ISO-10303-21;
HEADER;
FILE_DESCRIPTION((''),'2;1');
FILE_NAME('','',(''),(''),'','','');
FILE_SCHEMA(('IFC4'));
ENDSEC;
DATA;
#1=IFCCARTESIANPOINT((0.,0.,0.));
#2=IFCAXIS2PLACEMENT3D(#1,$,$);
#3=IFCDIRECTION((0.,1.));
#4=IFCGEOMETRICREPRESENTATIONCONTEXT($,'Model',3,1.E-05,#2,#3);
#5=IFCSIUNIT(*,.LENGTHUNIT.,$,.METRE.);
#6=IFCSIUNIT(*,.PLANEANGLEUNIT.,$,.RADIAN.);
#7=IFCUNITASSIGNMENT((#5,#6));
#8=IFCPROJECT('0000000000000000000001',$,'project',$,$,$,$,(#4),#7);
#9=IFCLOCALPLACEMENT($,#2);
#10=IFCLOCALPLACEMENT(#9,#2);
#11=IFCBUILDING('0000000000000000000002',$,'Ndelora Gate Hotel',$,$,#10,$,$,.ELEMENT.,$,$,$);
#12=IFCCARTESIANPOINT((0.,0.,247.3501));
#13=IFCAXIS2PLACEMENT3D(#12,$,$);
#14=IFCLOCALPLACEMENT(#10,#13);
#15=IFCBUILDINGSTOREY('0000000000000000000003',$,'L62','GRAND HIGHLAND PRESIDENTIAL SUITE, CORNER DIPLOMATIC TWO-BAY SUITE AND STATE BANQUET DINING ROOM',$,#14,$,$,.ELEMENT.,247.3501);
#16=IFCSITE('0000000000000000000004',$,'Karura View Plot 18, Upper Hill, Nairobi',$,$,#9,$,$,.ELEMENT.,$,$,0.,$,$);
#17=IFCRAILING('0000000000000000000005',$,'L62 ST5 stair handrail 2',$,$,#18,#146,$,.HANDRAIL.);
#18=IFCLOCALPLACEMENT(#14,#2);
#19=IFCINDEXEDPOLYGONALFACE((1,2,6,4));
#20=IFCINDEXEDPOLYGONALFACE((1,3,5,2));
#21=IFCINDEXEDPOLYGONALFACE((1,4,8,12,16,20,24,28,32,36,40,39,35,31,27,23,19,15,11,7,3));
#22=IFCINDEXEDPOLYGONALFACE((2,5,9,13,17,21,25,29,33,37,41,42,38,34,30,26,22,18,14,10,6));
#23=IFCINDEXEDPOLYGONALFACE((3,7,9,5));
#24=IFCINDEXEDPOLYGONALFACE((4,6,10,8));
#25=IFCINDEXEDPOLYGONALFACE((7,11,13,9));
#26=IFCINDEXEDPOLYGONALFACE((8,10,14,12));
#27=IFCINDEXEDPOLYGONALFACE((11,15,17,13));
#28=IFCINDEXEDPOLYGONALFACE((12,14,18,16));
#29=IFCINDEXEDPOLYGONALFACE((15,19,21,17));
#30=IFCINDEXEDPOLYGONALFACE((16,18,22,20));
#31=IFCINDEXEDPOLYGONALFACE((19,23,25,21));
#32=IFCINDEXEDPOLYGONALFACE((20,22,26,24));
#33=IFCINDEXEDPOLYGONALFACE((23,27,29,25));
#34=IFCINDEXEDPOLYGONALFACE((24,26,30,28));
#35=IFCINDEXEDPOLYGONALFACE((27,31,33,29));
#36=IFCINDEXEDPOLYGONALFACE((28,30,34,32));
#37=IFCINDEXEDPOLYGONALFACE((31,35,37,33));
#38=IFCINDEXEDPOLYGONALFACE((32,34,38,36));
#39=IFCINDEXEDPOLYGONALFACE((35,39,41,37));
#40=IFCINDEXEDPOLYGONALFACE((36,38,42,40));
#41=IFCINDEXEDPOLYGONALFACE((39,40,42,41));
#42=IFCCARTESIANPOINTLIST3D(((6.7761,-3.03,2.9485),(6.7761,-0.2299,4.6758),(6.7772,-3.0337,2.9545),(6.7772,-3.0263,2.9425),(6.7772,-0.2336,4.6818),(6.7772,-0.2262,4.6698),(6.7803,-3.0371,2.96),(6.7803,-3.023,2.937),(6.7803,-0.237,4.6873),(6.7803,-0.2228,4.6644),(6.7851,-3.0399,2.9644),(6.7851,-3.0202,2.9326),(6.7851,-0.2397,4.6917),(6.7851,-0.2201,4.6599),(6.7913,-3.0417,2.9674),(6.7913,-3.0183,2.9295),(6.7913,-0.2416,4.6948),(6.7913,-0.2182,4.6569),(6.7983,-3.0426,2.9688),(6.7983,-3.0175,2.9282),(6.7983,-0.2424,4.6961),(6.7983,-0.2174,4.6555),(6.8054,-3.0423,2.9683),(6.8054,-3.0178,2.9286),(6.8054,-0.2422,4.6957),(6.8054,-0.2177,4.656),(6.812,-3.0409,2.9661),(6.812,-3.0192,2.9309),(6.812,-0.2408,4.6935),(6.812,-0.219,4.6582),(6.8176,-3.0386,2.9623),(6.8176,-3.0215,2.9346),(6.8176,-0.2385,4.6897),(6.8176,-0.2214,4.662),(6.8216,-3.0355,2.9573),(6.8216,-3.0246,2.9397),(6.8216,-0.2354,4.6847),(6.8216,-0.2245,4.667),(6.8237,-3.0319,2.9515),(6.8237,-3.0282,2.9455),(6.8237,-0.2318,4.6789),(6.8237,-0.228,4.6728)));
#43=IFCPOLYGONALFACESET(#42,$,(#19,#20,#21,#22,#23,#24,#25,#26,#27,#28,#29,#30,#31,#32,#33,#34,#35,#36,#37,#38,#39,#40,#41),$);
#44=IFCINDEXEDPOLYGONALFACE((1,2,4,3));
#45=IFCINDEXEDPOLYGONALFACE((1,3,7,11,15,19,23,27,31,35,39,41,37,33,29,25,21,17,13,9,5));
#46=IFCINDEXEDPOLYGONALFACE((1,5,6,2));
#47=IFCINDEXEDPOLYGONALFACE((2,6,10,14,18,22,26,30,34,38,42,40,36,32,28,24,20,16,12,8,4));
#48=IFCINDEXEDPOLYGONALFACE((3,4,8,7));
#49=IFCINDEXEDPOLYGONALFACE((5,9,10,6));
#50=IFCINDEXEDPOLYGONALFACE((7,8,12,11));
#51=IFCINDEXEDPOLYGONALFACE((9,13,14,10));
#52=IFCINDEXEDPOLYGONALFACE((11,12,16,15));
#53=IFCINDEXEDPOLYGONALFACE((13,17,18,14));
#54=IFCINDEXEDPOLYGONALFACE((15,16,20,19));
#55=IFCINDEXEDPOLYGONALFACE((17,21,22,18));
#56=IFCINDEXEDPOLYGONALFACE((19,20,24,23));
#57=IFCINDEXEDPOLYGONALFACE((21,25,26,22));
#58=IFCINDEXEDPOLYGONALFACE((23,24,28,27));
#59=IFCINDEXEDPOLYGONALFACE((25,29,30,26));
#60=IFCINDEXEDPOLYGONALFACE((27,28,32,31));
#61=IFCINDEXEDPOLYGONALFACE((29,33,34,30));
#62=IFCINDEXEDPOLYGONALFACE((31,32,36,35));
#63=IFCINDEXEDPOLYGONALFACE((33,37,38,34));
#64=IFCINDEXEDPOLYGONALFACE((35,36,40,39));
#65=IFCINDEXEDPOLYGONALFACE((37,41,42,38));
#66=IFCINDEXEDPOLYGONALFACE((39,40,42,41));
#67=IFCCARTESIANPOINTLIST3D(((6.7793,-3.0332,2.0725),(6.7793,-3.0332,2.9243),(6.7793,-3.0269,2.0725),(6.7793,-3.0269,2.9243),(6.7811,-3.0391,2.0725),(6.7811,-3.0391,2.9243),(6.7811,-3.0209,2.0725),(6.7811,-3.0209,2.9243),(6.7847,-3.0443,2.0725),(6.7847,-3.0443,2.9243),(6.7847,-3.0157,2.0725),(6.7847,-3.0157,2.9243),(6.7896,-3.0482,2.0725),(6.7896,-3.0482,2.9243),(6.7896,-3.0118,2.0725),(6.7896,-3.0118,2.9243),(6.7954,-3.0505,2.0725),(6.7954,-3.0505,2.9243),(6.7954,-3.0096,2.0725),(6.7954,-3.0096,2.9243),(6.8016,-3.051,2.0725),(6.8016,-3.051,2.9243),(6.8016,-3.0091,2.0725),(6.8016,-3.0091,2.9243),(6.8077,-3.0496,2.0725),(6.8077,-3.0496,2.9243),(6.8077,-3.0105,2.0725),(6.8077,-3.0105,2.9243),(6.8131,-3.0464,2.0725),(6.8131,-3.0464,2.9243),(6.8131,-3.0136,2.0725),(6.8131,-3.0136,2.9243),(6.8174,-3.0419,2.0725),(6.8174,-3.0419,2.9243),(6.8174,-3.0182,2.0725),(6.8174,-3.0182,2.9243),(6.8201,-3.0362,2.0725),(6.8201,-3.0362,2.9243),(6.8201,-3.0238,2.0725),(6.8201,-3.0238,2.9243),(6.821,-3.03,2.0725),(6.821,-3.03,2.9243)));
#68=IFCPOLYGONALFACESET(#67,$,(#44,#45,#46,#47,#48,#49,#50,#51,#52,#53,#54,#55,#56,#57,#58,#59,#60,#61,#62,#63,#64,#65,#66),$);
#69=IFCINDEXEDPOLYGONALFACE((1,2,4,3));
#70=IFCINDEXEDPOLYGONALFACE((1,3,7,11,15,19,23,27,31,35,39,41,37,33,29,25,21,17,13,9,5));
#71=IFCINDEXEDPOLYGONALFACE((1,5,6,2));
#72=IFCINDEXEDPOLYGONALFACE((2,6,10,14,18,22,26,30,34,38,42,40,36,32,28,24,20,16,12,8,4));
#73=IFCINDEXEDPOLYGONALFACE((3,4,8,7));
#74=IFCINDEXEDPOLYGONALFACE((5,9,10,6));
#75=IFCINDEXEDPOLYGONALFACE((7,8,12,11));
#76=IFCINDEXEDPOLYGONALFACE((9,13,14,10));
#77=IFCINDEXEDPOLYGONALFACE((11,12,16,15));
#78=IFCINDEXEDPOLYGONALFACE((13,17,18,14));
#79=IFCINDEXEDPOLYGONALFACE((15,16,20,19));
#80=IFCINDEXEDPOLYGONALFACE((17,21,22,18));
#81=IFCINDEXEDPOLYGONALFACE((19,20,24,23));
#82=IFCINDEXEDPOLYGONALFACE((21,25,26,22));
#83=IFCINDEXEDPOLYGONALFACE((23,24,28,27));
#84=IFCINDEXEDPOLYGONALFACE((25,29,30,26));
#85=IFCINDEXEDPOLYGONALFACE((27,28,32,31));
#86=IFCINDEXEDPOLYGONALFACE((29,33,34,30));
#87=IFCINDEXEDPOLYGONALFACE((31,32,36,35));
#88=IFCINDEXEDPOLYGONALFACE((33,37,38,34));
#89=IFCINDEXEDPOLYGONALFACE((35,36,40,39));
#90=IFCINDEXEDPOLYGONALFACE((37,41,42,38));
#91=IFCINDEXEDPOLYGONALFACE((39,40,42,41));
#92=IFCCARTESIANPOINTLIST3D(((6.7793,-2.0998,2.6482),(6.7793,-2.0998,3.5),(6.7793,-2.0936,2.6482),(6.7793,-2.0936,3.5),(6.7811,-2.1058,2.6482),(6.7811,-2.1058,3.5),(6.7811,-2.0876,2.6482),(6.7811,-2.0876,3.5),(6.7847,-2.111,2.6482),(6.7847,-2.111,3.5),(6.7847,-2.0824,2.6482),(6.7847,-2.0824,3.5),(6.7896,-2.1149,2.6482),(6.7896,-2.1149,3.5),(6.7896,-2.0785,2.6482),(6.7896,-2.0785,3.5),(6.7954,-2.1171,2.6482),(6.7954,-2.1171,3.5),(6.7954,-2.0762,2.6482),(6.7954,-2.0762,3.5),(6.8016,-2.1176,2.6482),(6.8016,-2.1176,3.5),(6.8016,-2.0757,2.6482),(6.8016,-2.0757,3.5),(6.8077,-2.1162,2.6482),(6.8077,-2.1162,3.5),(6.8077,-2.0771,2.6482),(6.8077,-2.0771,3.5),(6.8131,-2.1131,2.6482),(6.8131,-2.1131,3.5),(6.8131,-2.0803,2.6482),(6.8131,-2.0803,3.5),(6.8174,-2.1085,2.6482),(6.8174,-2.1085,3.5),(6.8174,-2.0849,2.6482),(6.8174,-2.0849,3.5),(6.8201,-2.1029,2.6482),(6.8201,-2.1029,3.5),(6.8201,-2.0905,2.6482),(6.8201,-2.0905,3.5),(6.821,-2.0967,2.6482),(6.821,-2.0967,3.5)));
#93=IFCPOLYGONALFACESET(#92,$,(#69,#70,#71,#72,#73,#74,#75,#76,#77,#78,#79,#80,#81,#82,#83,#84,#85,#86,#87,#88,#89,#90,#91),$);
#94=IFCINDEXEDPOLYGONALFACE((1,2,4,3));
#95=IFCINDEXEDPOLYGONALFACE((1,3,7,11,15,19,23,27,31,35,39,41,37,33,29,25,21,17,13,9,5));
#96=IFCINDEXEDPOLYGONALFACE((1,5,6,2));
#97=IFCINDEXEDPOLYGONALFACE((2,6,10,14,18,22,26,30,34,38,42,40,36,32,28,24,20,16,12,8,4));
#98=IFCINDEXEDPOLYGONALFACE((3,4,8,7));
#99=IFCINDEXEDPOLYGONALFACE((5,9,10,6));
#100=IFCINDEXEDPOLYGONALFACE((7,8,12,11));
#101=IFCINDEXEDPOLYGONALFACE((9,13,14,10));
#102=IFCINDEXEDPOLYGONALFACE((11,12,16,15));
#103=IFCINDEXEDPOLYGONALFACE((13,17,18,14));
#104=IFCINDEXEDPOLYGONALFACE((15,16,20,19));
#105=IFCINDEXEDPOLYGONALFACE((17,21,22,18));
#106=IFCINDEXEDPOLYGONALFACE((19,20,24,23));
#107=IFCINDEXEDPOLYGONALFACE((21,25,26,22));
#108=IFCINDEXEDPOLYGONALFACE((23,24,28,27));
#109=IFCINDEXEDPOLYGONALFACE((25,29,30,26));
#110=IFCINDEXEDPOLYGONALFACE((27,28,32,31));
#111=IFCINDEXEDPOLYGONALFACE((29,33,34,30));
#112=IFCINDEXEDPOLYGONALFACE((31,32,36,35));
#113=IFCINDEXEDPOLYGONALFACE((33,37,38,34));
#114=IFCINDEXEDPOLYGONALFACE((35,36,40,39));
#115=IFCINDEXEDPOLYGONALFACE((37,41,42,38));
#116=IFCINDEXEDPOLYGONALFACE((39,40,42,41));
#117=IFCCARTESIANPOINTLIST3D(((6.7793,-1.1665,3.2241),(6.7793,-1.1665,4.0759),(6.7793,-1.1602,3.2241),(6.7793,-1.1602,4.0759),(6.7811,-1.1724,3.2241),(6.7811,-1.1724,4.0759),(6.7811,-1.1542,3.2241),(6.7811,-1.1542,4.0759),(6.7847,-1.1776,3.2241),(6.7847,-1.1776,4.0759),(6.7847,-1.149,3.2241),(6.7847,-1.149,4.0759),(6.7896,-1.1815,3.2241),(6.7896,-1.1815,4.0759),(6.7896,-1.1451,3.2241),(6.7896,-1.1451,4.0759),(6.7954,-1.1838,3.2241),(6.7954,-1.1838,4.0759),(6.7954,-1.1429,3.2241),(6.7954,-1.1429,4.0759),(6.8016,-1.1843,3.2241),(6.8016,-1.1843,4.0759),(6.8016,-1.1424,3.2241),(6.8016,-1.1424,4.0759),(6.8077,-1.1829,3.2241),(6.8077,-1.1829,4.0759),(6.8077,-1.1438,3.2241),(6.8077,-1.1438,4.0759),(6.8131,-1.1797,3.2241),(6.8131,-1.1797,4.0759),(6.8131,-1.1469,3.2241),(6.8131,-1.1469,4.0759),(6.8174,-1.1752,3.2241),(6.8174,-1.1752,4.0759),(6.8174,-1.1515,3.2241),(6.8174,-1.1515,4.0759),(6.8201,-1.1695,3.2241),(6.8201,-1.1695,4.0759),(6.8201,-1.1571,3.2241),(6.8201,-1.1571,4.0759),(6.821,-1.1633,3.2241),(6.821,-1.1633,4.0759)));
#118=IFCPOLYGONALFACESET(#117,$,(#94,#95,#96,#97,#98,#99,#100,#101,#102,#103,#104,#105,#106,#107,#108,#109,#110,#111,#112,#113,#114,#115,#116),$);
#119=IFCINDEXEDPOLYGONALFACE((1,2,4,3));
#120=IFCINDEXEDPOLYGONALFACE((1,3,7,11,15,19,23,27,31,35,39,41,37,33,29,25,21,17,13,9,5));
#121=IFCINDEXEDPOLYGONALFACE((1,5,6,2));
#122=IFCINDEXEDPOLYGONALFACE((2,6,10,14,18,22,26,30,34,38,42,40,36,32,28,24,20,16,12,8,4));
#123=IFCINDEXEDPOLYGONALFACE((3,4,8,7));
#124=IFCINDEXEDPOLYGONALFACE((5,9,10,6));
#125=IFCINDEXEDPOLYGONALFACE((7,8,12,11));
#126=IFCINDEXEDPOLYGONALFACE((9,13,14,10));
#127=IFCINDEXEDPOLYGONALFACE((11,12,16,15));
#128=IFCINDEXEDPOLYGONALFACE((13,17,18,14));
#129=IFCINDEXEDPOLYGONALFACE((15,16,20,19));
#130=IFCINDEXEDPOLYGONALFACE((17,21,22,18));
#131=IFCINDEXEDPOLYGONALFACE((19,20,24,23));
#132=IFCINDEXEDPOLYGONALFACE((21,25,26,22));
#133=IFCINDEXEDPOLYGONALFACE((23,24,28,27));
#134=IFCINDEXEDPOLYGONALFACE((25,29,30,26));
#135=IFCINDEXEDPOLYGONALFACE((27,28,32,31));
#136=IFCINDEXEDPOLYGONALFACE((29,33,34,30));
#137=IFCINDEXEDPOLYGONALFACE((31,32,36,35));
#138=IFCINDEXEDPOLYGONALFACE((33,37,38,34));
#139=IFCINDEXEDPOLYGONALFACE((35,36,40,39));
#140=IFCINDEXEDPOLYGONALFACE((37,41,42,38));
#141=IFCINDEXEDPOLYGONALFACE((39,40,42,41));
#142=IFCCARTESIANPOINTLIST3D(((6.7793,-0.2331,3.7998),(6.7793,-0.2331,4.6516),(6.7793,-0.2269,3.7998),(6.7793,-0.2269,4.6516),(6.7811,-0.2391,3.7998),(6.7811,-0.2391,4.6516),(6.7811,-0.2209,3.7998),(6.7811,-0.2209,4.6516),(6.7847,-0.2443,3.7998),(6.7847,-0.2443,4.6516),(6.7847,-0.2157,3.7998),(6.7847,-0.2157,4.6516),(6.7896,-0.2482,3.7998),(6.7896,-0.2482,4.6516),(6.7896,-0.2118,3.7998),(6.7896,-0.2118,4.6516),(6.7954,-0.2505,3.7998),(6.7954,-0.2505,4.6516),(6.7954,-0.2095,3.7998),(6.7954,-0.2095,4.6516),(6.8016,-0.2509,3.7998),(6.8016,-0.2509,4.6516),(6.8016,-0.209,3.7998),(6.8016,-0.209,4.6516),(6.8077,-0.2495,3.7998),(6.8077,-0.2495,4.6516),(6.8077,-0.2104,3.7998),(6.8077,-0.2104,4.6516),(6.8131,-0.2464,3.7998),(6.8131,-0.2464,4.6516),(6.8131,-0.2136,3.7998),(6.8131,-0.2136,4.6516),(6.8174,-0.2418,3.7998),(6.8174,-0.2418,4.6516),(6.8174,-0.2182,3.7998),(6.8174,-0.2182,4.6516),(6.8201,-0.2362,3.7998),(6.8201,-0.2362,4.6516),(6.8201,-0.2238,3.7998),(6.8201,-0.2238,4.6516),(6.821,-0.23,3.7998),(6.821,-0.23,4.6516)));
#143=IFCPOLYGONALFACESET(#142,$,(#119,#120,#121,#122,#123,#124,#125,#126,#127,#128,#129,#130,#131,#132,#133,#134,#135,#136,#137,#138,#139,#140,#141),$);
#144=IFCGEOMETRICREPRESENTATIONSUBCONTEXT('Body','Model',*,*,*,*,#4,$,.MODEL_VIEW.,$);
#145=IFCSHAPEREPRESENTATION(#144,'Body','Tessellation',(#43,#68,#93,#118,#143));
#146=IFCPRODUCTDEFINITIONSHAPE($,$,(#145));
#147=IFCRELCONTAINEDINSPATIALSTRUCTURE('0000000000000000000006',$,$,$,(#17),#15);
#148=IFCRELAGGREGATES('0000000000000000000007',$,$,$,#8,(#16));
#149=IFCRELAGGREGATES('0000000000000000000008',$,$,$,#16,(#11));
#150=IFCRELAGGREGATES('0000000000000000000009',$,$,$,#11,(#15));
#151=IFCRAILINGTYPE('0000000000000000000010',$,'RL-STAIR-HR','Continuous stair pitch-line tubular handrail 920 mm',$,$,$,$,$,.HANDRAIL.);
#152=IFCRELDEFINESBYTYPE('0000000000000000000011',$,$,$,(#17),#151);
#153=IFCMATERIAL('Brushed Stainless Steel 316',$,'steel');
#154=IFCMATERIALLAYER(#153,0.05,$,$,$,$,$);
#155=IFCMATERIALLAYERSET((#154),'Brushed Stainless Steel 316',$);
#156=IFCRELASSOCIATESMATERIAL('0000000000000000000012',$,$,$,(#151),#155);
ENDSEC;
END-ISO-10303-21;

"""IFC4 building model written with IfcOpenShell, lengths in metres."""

from ifc_helpers import new_model, si_unit, direction, frame, origin, origin_2d, place, context, subcontext, project, spatial, circle, extrude, material, layer, layer_set, type_object, element, save


model = new_model("IFC4")

# Units and contexts
model_context = context("Model", 3, precision=1e-05, world=origin(), true_north=direction((0.0, 1.0)))
body_context = subcontext(model_context, "Body", "Model", "MODEL_VIEW")
ifc_project = project(units=[si_unit("LENGTHUNIT", "METRE"), si_unit("PLANEANGLEUNIT", "RADIAN")], contexts=[model_context])

# Site, building, storey
site_placement = place(None, origin())
site = spatial("IfcSite", under=ifc_project, at=site_placement, Name="Karura View Plot 18, Upper Hill, Nairobi", CompositionType="ELEMENT", RefElevation=0.0)
building_placement = place(site_placement, origin())
building = spatial("IfcBuilding", under=site, at=building_placement, Name="Ndelora Gate Hotel", CompositionType="ELEMENT")
storey_placement = place(building_placement, frame((0.0, 0.0, 247.3501)))
storey = spatial("IfcBuildingStorey", under=building, at=storey_placement, Name="L62", Description="GRAND HIGHLAND PRESIDENTIAL SUITE, CORNER DIPLOMATIC TWO-BAY SUITE AND STATE BANQUET DINING ROOM", CompositionType="ELEMENT", Elevation=247.3501)

# Railing
ifc_material_1 = material(Name="Brushed Stainless Steel 316", Category="steel")
ifc_layer_1 = layer(ifc_material_1, 0.05)
ifc_layer_set_1 = layer_set([ifc_layer_1], Name="Brushed Stainless Steel 316")
railing_type_1 = type_object("IfcRailingType", Name="RL-STAIR-HR", Description="Continuous stair pitch-line tubular handrail 920 mm", PredefinedType="HANDRAIL", material=ifc_layer_set_1)
railing_1_placement = place(storey_placement, frame((6.8, -3.03, 2.0725)))
element("IfcRailing", 1, at=railing_1_placement, inside=storey, type_object=railing_type_1, Name="L62 ST5 stair handrail 2", PredefinedType="HANDRAIL", context=body_context, shape_type="SweptSolid", body=[
    extrude(circle(Radius=0.0239, at=origin_2d()), frame((0.0, 0.0, 0.876), z_axis=(0.0, 0.85109, 0.52502), x_axis=(-1.0, 0.0, 0.0)), (0.0, 0.0, 1.0), 3.29),
    extrude(circle(Radius=0.021, at=origin_2d()), origin(), (0.0, 0.0, 1.0), 0.8518),
    extrude(circle(Radius=0.021, at=origin_2d()), frame((0.0, 0.9333, 0.5757)), (0.0, 0.0, 1.0), 0.8518),
    extrude(circle(Radius=0.021, at=origin_2d()), frame((0.0, 1.8667, 1.1516)), (0.0, 0.0, 1.0), 0.8518),
    extrude(circle(Radius=0.021, at=origin_2d()), frame((0.0, 2.8, 1.7273)), (0.0, 0.0, 1.0), 0.8518),
])

save(model, "model.ifc")
